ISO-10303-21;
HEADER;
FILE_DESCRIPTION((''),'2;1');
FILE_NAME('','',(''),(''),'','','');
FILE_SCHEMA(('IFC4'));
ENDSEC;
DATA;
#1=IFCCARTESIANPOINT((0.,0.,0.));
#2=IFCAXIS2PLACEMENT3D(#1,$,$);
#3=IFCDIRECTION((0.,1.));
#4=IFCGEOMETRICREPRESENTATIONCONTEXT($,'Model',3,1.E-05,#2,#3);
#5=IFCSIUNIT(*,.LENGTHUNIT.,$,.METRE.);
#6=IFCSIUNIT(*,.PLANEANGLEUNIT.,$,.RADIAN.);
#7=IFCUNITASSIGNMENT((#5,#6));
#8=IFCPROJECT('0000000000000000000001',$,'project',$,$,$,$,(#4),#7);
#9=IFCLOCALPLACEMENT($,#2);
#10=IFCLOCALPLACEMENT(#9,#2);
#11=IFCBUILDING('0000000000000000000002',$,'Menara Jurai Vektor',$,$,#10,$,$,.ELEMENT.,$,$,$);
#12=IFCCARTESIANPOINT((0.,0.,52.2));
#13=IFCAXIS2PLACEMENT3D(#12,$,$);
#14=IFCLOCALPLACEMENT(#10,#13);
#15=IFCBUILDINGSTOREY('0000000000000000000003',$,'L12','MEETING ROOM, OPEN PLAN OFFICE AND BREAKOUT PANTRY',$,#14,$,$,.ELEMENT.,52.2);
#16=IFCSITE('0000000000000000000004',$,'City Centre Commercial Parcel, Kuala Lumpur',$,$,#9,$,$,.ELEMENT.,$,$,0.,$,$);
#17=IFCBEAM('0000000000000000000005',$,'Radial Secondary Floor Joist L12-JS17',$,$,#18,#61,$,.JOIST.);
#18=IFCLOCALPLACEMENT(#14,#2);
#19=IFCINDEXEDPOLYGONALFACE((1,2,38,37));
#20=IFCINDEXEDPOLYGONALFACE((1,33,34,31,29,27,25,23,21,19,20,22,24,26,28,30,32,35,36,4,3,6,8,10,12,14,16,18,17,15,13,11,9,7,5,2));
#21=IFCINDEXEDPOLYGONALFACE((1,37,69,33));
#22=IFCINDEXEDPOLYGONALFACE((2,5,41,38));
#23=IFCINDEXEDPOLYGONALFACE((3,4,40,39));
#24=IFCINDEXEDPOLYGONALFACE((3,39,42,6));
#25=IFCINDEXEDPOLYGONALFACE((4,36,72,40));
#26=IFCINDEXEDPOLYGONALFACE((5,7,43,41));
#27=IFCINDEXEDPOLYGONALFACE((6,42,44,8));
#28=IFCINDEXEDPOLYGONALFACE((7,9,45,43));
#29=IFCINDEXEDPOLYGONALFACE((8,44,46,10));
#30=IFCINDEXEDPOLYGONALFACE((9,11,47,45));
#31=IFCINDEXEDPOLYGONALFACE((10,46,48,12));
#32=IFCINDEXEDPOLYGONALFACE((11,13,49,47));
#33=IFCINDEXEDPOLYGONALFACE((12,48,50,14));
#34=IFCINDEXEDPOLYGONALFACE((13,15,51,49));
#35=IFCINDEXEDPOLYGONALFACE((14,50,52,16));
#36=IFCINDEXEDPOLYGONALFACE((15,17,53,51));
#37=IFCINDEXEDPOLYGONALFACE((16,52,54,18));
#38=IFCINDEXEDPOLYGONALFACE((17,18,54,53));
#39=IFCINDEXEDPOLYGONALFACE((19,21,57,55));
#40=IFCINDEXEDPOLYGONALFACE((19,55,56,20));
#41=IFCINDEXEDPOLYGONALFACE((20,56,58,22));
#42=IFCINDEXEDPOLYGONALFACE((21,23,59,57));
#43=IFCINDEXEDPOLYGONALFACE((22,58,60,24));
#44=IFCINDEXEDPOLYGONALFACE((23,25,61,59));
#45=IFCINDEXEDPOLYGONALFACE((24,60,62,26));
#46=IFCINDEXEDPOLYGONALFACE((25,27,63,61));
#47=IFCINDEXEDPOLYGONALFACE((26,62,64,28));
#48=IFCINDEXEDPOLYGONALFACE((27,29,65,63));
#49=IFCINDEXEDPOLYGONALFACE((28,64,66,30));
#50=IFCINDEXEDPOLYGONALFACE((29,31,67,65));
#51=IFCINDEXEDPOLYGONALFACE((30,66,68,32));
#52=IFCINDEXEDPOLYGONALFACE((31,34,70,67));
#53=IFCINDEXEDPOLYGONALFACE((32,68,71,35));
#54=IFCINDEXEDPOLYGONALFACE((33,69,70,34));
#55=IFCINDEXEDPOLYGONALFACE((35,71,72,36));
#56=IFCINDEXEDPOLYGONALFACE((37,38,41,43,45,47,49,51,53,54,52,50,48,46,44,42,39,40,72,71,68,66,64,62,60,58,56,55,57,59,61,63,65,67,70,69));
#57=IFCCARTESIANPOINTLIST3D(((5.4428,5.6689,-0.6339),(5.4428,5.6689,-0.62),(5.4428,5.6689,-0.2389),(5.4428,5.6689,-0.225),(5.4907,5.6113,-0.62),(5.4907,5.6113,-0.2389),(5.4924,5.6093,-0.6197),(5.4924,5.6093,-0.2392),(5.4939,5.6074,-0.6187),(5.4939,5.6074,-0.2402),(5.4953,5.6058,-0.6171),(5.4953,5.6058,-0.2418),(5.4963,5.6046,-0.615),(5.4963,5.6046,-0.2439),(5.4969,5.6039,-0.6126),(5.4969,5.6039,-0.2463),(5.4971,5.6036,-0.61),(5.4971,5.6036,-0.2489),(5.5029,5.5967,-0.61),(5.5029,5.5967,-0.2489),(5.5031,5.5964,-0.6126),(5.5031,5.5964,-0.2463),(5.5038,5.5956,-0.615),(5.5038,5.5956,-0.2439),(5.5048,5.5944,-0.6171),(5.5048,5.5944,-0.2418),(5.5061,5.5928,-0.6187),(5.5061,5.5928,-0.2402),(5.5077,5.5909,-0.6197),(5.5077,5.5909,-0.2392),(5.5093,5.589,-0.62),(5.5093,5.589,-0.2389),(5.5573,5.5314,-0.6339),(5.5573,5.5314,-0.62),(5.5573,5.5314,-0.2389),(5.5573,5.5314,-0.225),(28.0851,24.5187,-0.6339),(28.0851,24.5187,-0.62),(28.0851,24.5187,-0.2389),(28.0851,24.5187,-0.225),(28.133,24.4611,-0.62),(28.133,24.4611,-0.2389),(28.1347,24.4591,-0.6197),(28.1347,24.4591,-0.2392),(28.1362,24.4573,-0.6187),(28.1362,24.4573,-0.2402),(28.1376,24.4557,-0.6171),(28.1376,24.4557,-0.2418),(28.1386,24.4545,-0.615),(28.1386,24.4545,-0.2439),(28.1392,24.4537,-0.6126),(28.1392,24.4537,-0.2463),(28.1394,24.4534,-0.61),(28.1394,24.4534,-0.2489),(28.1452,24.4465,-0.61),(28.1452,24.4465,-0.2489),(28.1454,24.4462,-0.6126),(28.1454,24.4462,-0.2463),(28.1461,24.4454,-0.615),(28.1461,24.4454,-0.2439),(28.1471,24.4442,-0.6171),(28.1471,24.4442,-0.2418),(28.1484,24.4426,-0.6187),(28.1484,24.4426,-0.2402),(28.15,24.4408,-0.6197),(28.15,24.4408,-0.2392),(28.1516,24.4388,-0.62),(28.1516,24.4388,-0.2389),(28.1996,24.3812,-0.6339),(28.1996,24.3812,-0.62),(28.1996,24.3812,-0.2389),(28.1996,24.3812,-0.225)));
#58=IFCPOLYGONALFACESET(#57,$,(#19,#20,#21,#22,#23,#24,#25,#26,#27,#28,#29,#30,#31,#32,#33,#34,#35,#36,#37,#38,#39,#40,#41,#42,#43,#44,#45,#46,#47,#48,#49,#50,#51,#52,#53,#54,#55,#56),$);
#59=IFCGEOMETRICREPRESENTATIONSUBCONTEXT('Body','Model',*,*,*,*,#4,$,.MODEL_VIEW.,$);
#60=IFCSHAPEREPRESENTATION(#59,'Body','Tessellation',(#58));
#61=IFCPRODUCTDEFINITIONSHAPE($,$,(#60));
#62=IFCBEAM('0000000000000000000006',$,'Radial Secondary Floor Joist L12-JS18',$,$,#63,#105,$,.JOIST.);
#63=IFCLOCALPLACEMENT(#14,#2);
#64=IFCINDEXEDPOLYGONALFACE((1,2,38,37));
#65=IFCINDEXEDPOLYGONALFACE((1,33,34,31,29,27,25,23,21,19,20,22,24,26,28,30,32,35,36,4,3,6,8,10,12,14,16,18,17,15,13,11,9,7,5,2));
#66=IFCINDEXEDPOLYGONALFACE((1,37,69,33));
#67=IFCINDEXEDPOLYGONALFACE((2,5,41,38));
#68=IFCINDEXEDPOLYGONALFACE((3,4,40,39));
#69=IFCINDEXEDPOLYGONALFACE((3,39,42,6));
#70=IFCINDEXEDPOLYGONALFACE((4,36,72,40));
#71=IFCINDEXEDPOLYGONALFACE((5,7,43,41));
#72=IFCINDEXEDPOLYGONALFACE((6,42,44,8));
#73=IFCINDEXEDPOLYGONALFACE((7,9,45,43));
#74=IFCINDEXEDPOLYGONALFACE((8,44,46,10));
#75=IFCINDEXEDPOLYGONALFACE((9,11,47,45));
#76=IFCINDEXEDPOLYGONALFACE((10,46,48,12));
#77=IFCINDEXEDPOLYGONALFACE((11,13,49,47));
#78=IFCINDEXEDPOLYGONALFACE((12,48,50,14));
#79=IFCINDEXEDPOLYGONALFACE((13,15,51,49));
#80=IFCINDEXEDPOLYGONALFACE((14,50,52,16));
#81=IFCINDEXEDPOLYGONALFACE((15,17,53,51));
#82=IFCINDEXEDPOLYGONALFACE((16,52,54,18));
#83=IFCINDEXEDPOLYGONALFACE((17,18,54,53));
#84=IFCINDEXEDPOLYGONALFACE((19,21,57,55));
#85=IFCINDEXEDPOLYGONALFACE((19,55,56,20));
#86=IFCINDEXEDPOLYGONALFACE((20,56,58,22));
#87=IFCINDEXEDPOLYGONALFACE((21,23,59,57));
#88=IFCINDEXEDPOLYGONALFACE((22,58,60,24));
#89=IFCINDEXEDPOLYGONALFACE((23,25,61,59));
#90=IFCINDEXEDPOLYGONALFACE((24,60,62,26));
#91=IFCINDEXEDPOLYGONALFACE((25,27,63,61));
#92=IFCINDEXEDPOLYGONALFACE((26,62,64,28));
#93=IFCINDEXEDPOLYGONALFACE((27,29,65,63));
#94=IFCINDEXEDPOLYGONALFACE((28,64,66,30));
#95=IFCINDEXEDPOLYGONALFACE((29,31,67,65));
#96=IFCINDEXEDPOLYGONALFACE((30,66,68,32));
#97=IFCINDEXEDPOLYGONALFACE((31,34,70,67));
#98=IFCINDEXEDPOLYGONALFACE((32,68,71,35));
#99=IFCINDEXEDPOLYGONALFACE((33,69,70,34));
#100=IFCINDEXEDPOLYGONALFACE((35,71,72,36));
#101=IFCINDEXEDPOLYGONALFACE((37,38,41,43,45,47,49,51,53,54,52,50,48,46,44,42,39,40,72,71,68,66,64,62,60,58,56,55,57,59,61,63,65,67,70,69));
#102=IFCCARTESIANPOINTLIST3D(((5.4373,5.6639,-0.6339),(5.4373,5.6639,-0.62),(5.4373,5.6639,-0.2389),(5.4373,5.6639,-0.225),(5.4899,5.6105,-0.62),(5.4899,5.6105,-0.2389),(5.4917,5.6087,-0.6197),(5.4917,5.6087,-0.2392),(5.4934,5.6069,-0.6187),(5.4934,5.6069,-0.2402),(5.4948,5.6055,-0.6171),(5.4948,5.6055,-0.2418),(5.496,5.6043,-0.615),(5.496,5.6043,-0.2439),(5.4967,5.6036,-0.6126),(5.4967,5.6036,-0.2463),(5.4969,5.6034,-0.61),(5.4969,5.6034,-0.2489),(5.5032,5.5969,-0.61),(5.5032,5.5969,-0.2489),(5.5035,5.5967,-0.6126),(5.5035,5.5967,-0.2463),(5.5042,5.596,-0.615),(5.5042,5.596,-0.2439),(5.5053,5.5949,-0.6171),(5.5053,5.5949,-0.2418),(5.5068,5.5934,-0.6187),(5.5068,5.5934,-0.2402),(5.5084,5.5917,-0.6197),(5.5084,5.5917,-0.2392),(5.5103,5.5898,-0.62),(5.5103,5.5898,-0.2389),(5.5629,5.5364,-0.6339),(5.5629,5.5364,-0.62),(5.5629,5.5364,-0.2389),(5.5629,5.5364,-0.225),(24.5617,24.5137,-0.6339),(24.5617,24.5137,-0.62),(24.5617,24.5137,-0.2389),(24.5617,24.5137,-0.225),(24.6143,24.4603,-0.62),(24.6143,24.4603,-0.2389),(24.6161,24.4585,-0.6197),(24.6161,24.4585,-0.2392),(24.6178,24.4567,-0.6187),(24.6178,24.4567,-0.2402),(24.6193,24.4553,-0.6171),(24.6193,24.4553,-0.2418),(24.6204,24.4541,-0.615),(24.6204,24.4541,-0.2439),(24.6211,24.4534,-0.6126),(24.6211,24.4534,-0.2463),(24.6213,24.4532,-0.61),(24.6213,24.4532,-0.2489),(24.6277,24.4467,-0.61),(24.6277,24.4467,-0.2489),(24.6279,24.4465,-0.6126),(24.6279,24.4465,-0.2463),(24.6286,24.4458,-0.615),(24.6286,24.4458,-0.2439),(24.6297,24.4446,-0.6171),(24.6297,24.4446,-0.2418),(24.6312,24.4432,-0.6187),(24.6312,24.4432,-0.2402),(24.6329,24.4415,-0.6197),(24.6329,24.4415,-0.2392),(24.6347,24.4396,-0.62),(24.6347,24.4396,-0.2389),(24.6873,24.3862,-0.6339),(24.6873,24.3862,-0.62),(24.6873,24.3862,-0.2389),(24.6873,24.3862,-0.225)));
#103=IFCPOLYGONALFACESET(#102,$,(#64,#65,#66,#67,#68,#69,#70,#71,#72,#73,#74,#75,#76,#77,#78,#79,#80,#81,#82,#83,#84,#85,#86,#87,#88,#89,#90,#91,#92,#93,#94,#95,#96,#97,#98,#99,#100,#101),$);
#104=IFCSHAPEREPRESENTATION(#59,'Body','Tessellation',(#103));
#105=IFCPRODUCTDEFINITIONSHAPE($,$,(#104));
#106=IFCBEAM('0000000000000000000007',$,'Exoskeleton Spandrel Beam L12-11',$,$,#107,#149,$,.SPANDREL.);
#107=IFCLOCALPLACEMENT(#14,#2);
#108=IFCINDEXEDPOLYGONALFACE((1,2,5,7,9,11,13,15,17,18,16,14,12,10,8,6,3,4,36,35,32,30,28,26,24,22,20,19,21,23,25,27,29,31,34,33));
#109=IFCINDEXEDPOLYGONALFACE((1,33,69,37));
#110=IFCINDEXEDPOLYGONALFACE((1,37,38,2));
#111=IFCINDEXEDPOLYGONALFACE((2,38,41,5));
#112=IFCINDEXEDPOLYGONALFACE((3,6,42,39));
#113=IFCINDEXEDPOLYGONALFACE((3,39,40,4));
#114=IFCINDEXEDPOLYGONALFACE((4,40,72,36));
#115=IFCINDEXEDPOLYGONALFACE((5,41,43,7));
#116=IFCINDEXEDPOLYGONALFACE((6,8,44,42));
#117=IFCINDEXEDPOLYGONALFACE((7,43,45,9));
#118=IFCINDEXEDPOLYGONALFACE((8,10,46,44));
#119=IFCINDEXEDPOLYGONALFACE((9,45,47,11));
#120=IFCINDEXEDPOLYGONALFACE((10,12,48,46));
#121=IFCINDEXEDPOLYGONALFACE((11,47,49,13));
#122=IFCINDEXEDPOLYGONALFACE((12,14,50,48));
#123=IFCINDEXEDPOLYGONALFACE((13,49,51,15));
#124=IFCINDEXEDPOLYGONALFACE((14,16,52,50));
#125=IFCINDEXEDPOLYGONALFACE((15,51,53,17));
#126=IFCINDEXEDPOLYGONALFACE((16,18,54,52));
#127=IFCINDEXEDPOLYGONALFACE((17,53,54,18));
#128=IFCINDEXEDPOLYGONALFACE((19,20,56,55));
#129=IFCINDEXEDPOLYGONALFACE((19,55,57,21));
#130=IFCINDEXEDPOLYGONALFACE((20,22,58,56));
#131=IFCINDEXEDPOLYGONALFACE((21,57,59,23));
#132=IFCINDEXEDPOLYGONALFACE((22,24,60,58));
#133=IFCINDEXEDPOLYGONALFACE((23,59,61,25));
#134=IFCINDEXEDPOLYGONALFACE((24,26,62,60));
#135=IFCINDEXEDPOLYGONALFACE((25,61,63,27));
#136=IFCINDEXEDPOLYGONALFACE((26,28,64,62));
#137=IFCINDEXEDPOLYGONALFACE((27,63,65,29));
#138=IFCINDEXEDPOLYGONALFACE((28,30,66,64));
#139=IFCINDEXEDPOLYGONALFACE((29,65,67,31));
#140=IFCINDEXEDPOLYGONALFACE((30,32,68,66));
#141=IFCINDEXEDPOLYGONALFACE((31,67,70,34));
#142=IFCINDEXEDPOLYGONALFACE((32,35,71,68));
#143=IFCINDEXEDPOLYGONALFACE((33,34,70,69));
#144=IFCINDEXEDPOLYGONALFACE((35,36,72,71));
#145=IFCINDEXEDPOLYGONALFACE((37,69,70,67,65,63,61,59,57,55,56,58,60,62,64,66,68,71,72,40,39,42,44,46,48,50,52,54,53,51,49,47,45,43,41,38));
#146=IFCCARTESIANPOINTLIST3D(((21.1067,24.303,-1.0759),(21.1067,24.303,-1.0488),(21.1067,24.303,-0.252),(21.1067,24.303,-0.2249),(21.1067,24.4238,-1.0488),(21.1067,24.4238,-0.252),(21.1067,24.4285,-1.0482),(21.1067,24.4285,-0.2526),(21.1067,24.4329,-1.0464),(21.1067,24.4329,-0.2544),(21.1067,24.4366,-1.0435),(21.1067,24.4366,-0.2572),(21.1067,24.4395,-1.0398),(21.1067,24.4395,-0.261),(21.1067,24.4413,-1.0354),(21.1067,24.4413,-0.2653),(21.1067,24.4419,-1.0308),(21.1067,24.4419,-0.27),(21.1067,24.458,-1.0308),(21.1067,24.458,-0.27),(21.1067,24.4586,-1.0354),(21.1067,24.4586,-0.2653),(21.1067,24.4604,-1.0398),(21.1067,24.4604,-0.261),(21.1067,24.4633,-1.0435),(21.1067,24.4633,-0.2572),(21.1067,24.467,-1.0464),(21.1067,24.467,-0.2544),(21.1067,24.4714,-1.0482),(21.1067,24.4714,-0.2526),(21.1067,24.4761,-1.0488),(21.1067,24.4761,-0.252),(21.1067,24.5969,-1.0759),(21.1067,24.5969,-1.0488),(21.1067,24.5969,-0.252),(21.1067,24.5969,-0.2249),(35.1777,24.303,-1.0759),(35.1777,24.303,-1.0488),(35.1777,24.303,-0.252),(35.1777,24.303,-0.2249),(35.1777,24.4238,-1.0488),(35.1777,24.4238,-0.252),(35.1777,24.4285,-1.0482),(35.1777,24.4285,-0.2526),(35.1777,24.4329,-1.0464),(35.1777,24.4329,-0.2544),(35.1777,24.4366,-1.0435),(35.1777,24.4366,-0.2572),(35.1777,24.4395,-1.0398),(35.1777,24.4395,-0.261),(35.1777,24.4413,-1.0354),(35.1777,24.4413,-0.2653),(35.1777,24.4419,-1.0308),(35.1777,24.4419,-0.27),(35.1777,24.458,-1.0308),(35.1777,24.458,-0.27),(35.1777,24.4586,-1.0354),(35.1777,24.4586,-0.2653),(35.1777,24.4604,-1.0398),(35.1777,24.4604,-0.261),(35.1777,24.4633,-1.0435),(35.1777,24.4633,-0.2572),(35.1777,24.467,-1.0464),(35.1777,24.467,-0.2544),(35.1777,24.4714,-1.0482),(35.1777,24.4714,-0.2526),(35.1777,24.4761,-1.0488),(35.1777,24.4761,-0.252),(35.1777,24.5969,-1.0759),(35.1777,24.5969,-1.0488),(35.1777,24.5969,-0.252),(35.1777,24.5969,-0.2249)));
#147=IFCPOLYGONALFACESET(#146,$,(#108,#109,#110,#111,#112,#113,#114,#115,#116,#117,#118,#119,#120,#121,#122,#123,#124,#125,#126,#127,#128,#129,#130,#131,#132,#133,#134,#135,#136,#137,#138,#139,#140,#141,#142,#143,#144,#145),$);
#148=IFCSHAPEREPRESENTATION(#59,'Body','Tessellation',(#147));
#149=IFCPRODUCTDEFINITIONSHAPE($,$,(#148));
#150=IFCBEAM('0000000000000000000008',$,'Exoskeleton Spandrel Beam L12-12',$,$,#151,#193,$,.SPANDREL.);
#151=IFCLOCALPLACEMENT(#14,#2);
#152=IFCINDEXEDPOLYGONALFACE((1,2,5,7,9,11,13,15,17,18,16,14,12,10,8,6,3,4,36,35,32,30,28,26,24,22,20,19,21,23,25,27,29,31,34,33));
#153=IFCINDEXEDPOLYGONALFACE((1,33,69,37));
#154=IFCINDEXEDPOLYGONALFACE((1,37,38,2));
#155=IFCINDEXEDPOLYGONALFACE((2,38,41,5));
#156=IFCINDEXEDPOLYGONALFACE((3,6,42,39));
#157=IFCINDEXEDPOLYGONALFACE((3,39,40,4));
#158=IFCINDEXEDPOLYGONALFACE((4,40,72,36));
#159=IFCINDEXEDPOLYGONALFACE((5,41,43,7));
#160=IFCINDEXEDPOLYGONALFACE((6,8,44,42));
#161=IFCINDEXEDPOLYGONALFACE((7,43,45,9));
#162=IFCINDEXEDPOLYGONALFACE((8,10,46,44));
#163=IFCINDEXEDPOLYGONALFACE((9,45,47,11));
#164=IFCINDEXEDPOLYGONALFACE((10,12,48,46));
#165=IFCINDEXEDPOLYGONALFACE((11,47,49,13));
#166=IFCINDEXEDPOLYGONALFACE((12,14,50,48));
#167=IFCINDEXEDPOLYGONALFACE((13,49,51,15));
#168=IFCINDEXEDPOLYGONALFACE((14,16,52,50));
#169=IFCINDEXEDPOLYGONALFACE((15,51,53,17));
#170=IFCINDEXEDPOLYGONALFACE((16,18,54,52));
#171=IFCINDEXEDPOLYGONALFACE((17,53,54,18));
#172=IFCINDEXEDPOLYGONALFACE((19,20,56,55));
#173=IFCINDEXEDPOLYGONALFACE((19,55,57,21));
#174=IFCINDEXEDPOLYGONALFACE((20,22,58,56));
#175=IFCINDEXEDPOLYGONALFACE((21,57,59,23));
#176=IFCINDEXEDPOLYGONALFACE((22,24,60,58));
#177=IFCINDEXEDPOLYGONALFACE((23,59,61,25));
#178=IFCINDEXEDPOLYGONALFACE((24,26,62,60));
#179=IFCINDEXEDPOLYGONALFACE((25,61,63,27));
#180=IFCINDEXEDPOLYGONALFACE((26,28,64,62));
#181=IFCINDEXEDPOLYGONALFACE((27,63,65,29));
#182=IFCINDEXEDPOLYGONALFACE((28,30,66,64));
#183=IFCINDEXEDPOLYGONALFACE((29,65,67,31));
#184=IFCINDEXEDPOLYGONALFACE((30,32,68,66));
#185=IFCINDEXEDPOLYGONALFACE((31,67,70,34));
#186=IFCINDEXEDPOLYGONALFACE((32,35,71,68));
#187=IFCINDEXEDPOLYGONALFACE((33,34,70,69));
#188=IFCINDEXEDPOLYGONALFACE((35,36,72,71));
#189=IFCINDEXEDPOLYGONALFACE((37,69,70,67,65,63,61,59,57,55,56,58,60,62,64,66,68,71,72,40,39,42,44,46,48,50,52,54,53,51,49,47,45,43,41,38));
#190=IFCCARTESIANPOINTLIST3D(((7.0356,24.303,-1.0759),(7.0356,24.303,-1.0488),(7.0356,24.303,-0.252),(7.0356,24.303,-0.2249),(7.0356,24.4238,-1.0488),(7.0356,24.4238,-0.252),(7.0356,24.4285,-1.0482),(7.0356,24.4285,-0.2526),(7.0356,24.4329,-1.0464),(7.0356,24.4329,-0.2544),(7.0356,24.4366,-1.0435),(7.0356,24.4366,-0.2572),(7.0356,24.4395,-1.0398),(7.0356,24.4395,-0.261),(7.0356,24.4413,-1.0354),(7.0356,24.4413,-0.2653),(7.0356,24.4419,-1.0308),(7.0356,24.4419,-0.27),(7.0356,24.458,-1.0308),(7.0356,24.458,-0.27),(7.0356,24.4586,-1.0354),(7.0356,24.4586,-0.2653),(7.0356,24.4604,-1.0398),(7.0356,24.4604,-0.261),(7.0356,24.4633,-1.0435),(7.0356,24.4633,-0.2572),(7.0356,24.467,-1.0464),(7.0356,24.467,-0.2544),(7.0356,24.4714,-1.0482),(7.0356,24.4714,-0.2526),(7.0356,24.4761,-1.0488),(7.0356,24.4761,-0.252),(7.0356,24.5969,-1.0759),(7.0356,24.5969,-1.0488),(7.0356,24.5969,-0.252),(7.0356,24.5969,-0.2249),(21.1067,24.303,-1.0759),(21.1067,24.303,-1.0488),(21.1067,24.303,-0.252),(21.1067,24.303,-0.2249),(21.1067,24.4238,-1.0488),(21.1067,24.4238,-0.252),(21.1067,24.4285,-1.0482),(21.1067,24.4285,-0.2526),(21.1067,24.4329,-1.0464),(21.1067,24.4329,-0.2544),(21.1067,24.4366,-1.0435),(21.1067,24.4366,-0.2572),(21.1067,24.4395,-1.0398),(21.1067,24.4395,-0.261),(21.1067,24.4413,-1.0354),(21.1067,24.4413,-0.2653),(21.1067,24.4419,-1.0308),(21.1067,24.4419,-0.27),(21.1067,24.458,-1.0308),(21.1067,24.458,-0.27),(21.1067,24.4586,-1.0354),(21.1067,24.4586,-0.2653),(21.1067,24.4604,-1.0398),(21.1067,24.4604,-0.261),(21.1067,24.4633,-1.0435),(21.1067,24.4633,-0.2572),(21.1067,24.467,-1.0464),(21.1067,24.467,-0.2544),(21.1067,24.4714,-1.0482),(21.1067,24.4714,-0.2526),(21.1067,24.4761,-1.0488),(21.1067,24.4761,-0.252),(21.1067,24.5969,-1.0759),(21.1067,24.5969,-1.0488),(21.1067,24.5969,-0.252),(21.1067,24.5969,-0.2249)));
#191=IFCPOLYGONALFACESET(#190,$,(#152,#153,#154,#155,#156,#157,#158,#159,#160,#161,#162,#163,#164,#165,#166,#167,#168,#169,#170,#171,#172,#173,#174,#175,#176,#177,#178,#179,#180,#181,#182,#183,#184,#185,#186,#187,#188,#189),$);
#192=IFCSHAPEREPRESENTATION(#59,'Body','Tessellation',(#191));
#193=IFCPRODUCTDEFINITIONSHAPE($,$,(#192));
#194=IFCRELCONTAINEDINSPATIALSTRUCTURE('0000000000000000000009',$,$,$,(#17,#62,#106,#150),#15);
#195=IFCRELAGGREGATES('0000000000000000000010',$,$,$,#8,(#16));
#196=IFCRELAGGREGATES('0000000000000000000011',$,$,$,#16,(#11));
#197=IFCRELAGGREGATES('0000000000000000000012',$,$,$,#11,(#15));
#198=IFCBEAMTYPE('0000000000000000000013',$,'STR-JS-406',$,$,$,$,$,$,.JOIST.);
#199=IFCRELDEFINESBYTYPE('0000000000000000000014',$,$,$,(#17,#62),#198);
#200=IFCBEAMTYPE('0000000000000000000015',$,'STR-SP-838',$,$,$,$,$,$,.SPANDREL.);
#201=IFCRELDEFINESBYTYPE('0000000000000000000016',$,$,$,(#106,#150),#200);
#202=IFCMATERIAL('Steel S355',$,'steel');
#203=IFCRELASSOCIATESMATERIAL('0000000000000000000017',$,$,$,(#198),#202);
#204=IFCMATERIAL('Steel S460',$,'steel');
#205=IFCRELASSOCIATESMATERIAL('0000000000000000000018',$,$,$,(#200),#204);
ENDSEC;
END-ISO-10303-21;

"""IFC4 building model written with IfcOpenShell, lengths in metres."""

from ifc_helpers import new_model, si_unit, direction, frame, origin, origin_2d, place, context, subcontext, project, spatial, i_section, extrude, material, material_profile, profile_set, type_object, element, save


model = new_model("IFC4")

# Units and contexts
model_context = context("Model", 3, precision=1e-05, world=origin(), true_north=direction((0.0, 1.0)))
body_context = subcontext(model_context, "Body", "Model", "MODEL_VIEW")
ifc_project = project(units=[si_unit("LENGTHUNIT", "METRE"), si_unit("PLANEANGLEUNIT", "RADIAN")], contexts=[model_context])

# Site, building, storey
site_placement = place(None, origin())
site = spatial("IfcSite", under=ifc_project, at=site_placement, Name="City Centre Commercial Parcel, Kuala Lumpur", CompositionType="ELEMENT", RefElevation=0.0)
building_placement = place(site_placement, origin())
building = spatial("IfcBuilding", under=site, at=building_placement, Name="Menara Jurai Vektor", CompositionType="ELEMENT")
storey_placement = place(building_placement, frame((0.0, 0.0, 52.2)))
storey = spatial("IfcBuildingStorey", under=building, at=storey_placement, Name="L12", Description="MEETING ROOM, OPEN PLAN OFFICE AND BREAKOUT PANTRY", CompositionType="ELEMENT", Elevation=52.2)

# Shared definitions
ifc_material_1 = material(Name="Steel S460", Category="steel")

# Shared definitions
ifc_material_2 = material(Name="Steel S355", Category="steel")

# Beams
ifc_material_profile_1 = material_profile(ifc_material_2, i_section(OverallWidth=0.179, OverallDepth=0.4089, WebThickness=0.009, FlangeThickness=0.0139, FilletRadius=0.01, at=origin_2d()), Name="UKB 406x178x67")
ifc_profile_set_1 = profile_set([ifc_material_profile_1], Name="Steel S355")
beam_type_1 = type_object("IfcBeamType", Name="STR-JS-406", PredefinedType="JOIST", material=ifc_profile_set_1)
beam_1_placement = place(storey_placement, frame((28.1423, 24.45, -0.4294), z_axis=(-0.768534, -0.639809, 0.0), x_axis=(0.639809, -0.768534, 0.0)))
element("IfcBeam", 1, at=beam_1_placement, inside=storey, type_object=beam_type_1, Name="Radial Secondary Floor Joist L12-JS17", PredefinedType="JOIST", context=body_context, shape_type="SweptSolid", body=[
    extrude(i_section(OverallWidth=0.179, OverallDepth=0.4089, WebThickness=0.009, FlangeThickness=0.0139, FilletRadius=0.01, at=origin_2d()), origin(), (0.0, 0.0, 1.0), 29.4617),
])
beam_2_placement = place(storey_placement, frame((24.6245, 24.45, -0.4294), z_axis=(-0.712202, -0.701974, 0.0), x_axis=(0.701974, -0.712202, 0.0)))
element("IfcBeam", 2, at=beam_2_placement, inside=storey, type_object=beam_type_1, Name="Radial Secondary Floor Joist L12-JS18", PredefinedType="JOIST", context=body_context, shape_type="SweptSolid", body=[
    extrude(i_section(OverallWidth=0.179, OverallDepth=0.4089, WebThickness=0.009, FlangeThickness=0.0139, FilletRadius=0.01, at=origin_2d()), origin(), (0.0, 0.0, 1.0), 26.8525),
])
ifc_material_profile_2 = material_profile(ifc_material_1, i_section(OverallWidth=0.2939, OverallDepth=0.8511, WebThickness=0.0161, FlangeThickness=0.0271, FilletRadius=0.0181, at=origin_2d()), Name="UKB 838x292x226")
ifc_profile_set_2 = profile_set([ifc_material_profile_2], Name="Steel S460")
beam_type_2 = type_object("IfcBeamType", Name="STR-SP-838", PredefinedType="SPANDREL", material=ifc_profile_set_2)
for number, where, z_axis, x_axis, name in (
    (3, (35.1777, 24.45, -0.6504), (-1.0, 0.0, 0.0), (0.0, -1.0, 0.0), "Exoskeleton Spandrel Beam L12-11"),
    (4, (21.1067, 24.45, -0.6504), (-1.0, 0.0, 0.0), (0.0, -1.0, 0.0), "Exoskeleton Spandrel Beam L12-12"),
):
    element("IfcBeam", number, at=place(storey_placement, frame(where, z_axis=z_axis, x_axis=x_axis)), inside=storey, type_object=beam_type_2, Name=name, PredefinedType="SPANDREL", context=body_context, shape_type="SweptSolid", body=[
        extrude(i_section(OverallWidth=0.2939, OverallDepth=0.8511, WebThickness=0.0161, FlangeThickness=0.0271, FilletRadius=0.0181, at=origin_2d()), origin(), (0.0, 0.0, 1.0), 14.071),
    ])

save(model, "model.ifc")
